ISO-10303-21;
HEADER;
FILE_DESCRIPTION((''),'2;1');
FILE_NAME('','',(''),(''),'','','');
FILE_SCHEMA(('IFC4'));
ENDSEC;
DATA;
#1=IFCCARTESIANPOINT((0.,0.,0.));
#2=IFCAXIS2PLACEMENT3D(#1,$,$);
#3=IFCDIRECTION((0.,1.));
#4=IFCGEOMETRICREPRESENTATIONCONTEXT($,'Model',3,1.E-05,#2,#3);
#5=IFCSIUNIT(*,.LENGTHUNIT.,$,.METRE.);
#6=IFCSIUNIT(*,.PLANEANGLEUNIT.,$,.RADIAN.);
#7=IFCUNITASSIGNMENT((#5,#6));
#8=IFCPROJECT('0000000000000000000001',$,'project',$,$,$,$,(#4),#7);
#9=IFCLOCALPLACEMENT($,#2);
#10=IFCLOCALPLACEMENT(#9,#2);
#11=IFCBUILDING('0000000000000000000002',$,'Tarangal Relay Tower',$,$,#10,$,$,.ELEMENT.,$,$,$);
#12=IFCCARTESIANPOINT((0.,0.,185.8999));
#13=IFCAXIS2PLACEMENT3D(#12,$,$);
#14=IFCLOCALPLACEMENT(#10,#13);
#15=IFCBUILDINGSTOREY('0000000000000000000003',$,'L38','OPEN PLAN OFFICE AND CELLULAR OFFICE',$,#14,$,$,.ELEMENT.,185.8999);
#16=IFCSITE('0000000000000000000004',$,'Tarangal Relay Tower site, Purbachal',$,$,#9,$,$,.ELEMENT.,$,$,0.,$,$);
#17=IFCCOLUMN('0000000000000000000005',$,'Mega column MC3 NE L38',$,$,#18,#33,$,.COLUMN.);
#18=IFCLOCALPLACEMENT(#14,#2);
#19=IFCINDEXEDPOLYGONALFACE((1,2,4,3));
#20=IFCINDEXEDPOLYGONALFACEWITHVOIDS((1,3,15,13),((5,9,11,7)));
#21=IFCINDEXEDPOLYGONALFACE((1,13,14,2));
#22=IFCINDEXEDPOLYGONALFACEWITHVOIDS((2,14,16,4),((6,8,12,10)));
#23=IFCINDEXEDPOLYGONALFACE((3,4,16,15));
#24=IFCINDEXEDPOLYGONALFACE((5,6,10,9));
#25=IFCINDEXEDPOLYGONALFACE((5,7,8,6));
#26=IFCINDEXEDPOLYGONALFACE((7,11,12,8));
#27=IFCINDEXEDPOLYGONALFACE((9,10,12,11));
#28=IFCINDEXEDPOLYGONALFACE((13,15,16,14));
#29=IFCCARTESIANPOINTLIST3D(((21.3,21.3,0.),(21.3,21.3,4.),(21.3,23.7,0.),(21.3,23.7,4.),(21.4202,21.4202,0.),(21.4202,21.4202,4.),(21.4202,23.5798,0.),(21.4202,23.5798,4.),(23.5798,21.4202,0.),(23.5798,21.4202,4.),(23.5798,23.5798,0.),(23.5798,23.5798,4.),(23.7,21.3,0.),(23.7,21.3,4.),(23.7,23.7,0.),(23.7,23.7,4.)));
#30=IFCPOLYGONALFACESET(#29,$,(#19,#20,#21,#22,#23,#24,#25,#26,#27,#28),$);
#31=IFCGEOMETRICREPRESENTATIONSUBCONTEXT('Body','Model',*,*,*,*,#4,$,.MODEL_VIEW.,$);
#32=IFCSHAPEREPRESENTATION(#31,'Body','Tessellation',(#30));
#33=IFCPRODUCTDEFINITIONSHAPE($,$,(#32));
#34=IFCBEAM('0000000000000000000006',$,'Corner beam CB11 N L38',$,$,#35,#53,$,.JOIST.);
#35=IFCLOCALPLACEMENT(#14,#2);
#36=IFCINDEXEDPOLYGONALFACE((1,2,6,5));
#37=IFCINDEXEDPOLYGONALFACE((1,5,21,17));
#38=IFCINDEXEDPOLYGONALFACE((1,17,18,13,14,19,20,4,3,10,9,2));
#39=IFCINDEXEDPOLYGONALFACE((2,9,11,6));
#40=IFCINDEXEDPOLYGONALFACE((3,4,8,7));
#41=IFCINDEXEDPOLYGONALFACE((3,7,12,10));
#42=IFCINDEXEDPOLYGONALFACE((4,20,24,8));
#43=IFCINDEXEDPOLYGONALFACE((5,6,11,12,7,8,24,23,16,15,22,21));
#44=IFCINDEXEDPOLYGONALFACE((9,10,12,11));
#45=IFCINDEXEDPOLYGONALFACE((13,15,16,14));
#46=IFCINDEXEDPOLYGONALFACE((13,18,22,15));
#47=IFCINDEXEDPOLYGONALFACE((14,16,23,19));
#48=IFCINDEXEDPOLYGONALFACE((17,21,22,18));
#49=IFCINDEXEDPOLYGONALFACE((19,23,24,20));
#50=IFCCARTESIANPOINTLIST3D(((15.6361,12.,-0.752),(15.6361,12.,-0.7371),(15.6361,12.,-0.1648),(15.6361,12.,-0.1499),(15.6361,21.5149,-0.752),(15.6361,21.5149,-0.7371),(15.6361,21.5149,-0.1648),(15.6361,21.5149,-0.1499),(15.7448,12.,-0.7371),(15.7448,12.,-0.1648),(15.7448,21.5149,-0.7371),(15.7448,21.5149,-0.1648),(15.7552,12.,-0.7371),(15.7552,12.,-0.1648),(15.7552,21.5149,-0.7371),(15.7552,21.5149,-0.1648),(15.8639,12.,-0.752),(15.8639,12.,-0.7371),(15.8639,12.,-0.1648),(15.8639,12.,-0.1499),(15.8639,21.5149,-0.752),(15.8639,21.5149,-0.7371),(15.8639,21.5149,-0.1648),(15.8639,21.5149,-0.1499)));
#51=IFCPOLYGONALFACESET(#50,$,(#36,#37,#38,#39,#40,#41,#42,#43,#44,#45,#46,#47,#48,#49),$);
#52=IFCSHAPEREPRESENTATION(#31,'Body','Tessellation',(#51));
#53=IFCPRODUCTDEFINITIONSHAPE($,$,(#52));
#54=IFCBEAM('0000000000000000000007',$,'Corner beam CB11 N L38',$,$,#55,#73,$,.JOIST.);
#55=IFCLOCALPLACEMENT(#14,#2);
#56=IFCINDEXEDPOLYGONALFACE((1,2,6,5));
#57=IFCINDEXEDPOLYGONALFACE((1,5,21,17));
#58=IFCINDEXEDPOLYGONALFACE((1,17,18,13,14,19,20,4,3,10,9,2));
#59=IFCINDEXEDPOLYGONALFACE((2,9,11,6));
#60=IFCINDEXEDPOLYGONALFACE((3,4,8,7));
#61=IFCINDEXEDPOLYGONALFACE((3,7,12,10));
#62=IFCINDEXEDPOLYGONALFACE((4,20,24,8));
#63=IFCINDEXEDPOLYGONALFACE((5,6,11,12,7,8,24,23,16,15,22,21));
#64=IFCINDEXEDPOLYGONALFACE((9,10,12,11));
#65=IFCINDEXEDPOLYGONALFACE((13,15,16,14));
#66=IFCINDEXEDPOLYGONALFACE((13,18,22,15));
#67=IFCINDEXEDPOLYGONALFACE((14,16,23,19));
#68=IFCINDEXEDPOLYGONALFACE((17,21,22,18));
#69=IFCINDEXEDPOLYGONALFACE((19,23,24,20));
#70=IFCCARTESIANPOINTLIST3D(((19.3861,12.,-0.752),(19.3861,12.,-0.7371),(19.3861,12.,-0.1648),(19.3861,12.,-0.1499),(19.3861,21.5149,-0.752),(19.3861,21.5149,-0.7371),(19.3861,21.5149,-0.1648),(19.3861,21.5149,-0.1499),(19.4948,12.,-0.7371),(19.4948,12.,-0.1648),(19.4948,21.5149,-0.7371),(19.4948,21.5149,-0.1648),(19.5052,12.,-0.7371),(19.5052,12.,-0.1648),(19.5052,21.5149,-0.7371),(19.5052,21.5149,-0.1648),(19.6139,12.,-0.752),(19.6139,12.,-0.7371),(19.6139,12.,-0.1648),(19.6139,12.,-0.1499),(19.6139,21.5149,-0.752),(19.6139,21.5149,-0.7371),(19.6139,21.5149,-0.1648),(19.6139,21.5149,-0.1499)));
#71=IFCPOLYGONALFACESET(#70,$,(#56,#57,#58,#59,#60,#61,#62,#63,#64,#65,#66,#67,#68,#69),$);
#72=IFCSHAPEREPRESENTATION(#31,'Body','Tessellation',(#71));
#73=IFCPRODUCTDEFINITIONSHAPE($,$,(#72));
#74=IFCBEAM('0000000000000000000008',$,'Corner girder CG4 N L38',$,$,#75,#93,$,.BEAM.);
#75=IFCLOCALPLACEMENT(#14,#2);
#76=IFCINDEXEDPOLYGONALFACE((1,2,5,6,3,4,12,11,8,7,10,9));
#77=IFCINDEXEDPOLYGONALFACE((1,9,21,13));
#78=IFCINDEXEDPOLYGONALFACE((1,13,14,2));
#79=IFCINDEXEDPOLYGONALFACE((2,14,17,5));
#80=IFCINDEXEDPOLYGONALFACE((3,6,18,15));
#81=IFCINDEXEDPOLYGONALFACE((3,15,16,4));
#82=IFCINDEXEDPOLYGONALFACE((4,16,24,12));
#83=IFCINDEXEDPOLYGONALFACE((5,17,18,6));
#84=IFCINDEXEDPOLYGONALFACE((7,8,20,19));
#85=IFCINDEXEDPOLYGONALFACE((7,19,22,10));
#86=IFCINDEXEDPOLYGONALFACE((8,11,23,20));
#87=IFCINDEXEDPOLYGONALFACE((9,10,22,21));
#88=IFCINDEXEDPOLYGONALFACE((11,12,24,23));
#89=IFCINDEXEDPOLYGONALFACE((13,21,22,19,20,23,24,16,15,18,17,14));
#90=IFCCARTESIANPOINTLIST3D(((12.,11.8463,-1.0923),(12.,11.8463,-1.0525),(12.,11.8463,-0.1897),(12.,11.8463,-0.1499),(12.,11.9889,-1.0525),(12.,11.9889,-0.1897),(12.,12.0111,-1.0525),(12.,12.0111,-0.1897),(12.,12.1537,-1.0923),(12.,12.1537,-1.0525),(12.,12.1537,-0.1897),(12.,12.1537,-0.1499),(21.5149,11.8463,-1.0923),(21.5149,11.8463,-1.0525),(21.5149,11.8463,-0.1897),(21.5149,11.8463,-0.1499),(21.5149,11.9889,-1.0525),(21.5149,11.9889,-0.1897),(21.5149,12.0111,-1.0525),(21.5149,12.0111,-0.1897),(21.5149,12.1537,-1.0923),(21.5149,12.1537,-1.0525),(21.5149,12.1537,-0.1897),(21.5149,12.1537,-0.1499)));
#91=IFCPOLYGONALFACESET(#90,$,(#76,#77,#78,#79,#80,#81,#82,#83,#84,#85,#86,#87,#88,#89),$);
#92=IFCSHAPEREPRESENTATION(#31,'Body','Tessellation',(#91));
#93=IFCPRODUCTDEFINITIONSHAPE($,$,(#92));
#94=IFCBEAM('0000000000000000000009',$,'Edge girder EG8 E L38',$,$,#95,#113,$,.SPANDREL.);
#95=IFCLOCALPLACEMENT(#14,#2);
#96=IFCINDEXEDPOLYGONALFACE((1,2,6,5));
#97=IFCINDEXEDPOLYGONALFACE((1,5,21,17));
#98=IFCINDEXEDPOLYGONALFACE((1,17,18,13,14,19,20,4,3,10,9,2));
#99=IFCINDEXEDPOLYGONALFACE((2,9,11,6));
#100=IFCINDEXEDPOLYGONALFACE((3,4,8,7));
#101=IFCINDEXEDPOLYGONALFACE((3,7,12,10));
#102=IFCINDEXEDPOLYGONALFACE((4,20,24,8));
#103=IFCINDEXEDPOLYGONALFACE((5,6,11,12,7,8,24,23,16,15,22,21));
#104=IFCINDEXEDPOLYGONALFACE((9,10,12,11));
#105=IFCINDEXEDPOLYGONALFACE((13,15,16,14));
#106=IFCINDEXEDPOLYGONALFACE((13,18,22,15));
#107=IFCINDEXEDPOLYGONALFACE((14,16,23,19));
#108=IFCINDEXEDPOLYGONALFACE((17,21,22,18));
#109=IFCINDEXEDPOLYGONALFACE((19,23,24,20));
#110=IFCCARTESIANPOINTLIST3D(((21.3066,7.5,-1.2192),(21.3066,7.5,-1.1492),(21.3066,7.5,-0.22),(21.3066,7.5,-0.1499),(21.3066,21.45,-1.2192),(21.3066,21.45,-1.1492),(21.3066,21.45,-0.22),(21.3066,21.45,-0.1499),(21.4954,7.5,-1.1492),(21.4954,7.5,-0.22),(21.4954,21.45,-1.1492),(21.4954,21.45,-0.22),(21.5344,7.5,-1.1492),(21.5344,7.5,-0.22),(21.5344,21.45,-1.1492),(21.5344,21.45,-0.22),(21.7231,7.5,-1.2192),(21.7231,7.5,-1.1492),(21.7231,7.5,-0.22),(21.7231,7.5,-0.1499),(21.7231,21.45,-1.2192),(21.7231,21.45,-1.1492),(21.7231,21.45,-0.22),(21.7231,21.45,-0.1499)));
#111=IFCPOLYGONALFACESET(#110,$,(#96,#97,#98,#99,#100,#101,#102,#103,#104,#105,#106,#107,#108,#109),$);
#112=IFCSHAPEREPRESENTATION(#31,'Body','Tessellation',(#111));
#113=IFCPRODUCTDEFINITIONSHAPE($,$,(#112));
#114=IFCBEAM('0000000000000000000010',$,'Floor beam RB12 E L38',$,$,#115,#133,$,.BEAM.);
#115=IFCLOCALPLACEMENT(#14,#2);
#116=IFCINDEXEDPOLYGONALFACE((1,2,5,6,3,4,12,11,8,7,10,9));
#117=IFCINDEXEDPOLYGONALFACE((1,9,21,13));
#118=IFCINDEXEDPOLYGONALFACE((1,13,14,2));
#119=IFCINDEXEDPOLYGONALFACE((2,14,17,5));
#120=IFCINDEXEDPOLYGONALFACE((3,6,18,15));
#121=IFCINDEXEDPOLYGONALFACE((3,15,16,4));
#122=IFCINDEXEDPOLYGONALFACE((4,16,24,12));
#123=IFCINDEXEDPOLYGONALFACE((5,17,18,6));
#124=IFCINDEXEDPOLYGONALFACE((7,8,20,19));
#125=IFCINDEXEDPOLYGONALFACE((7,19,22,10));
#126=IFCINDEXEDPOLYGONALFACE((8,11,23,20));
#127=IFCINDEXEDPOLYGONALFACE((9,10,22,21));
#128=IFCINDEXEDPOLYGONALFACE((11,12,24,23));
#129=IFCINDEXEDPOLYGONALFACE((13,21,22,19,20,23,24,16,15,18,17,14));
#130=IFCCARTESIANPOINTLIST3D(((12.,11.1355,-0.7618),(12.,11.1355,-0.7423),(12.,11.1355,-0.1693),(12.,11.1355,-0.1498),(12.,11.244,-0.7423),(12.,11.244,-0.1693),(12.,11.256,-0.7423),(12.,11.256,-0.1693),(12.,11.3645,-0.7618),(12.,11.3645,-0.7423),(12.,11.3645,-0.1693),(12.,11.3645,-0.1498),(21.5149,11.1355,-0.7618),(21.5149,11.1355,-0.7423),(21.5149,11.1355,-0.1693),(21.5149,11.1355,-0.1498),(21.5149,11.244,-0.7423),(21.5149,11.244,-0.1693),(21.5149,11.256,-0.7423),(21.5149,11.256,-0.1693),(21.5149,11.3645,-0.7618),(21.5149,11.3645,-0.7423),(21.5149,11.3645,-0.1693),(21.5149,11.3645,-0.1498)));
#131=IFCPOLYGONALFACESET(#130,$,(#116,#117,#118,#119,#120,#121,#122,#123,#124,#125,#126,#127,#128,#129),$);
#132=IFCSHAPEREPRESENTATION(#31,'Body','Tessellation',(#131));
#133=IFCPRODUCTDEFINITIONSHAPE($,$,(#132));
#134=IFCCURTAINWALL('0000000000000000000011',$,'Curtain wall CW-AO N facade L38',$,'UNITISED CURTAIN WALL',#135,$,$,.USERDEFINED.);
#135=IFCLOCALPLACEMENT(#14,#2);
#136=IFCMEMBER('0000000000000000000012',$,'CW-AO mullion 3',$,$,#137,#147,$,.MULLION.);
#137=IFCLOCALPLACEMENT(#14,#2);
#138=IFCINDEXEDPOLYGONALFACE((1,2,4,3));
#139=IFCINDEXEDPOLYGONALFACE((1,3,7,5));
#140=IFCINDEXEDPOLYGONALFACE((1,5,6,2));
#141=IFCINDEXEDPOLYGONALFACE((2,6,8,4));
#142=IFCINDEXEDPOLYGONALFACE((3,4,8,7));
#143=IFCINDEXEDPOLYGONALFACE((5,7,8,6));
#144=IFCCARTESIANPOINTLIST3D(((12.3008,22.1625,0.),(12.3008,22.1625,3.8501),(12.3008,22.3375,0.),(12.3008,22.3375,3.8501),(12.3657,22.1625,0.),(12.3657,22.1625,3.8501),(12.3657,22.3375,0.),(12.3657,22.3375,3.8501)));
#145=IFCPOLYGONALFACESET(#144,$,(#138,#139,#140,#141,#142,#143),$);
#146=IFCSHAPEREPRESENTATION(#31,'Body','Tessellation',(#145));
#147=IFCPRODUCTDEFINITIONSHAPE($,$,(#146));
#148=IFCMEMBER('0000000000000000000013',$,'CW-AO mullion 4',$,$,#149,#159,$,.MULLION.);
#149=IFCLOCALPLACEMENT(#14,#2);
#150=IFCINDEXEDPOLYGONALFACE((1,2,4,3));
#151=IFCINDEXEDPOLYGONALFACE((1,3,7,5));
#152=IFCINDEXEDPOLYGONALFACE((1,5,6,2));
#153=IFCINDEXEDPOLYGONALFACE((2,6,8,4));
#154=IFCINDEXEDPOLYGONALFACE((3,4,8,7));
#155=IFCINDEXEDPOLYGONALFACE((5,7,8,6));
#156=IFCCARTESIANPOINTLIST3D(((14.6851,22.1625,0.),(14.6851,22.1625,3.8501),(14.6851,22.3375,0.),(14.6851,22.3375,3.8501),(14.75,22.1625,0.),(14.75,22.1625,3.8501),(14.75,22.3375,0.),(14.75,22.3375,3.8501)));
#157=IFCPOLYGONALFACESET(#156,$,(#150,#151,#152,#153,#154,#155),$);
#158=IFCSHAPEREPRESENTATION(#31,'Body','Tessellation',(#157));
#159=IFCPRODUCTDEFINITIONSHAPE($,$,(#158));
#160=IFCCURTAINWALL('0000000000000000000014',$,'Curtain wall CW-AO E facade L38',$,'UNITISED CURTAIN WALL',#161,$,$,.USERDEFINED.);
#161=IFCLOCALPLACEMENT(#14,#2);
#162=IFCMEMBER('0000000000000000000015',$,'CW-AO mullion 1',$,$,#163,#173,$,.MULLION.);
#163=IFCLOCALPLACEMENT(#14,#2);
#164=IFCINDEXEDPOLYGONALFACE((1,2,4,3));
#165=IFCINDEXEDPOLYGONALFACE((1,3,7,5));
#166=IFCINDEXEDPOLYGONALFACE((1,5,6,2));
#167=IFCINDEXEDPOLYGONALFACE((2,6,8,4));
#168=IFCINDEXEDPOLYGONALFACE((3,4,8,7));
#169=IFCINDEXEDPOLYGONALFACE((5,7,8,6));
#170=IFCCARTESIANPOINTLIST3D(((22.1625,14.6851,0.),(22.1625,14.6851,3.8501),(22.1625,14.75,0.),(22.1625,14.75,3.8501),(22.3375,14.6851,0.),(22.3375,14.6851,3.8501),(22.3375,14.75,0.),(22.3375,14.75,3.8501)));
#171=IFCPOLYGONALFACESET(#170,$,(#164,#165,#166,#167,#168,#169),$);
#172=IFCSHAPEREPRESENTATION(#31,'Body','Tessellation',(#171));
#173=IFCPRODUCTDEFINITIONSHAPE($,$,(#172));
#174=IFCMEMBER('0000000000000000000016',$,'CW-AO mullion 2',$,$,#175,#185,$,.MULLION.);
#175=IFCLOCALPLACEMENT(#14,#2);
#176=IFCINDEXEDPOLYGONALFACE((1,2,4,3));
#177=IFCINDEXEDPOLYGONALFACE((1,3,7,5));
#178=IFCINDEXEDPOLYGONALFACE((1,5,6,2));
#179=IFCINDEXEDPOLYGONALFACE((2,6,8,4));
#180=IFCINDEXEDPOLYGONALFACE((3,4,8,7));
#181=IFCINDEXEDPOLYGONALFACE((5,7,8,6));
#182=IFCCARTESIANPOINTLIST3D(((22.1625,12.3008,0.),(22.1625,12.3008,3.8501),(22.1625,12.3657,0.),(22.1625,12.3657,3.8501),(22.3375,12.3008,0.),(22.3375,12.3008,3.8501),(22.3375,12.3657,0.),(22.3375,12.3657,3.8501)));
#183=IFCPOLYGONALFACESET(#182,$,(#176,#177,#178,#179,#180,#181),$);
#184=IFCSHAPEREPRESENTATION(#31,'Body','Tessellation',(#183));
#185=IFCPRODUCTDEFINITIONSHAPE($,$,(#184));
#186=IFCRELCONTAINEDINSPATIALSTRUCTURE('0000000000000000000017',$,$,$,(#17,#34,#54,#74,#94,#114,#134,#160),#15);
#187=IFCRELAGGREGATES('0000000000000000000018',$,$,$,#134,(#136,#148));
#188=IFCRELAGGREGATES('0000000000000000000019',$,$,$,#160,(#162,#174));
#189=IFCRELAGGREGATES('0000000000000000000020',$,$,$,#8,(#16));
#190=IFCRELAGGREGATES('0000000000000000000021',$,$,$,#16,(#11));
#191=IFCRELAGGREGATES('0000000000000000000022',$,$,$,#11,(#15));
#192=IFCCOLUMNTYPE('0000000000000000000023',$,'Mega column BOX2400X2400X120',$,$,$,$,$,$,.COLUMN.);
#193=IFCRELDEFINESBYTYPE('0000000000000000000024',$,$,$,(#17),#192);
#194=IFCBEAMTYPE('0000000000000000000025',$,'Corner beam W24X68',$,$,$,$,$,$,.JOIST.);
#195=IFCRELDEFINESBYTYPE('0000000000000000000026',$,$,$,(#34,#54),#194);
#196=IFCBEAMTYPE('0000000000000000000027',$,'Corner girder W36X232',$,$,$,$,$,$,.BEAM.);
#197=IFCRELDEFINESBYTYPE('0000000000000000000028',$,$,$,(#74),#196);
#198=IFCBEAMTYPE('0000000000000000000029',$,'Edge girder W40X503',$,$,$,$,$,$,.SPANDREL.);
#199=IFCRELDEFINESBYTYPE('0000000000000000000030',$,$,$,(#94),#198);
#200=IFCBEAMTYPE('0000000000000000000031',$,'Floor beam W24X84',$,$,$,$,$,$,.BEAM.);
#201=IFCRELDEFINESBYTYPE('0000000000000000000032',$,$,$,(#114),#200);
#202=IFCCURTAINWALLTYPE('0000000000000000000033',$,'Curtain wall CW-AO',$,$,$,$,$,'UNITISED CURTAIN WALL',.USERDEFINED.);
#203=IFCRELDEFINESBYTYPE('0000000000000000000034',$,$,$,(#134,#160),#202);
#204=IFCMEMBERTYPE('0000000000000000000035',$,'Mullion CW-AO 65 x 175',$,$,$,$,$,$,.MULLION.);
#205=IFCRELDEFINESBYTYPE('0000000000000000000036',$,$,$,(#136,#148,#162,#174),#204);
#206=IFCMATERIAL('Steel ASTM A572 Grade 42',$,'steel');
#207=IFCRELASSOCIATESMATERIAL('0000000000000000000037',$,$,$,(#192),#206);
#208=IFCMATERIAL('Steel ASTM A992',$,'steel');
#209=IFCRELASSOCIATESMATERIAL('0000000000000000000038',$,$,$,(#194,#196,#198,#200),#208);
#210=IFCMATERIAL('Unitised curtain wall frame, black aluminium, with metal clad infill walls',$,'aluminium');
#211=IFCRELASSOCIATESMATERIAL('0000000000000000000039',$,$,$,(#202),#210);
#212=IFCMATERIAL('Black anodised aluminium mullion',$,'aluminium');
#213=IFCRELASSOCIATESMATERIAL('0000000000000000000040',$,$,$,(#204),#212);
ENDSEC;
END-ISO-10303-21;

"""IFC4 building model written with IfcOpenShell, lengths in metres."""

from ifc_helpers import new_model, si_unit, direction, frame, origin, origin_2d, place, context, subcontext, project, spatial, rectangle, hollow_rectangle, i_section, extrude, material, material_profile, profile_set, type_object, element, aggregate, save


model = new_model("IFC4")

# Units and contexts
model_context = context("Model", 3, precision=1e-05, world=origin(), true_north=direction((0.0, 1.0)))
body_context = subcontext(model_context, "Body", "Model", "MODEL_VIEW")
ifc_project = project(units=[si_unit("LENGTHUNIT", "METRE"), si_unit("PLANEANGLEUNIT", "RADIAN")], contexts=[model_context])

# Site, building, storey
site_placement = place(None, origin())
site = spatial("IfcSite", under=ifc_project, at=site_placement, Name="Tarangal Relay Tower site, Purbachal", CompositionType="ELEMENT", RefElevation=0.0)
building_placement = place(site_placement, origin())
building = spatial("IfcBuilding", under=site, at=building_placement, Name="Tarangal Relay Tower", CompositionType="ELEMENT")
storey_placement = place(building_placement, frame((0.0, 0.0, 185.8999)))
storey = spatial("IfcBuildingStorey", under=building, at=storey_placement, Name="L38", Description="OPEN PLAN OFFICE AND CELLULAR OFFICE", CompositionType="ELEMENT", Elevation=185.8999)

# Column
ifc_material_1 = material(Name="Steel ASTM A572 Grade 42", Category="steel")
ifc_material_profile_1 = material_profile(ifc_material_1, hollow_rectangle(XDim=2.3999, YDim=2.3999, WallThickness=0.1201, at=origin_2d()), Name="BOX2400X2400X120")
ifc_profile_set_1 = profile_set([ifc_material_profile_1], Name="Steel ASTM A572 Grade 42")
column_type = type_object("IfcColumnType", Name="Mega column BOX2400X2400X120", PredefinedType="COLUMN", material=ifc_profile_set_1)
column_placement = place(storey_placement, frame((22.5, 22.5, 0.0), z_axis=(0.0, 0.0, 1.0), x_axis=(1.0, 0.0, 0.0)))
element("IfcColumn", 1, at=column_placement, inside=storey, type_object=column_type, Name="Mega column MC3 NE L38", PredefinedType="COLUMN", context=body_context, shape_type="SweptSolid", body=[
    extrude(hollow_rectangle(XDim=2.3999, YDim=2.3999, WallThickness=0.1201, at=origin_2d()), origin(), (0.0, 0.0, 1.0), 4.0),
])

# Beams
ifc_material_2 = material(Name="Steel ASTM A992", Category="steel")
ifc_material_profile_2 = material_profile(ifc_material_2, i_section(OverallWidth=0.2278, OverallDepth=0.6021, WebThickness=0.0105, FlangeThickness=0.0149, at=origin_2d()), Name="W24X68")
ifc_profile_set_2 = profile_set([ifc_material_profile_2], Name="Steel ASTM A992")
beam_type_1 = type_object("IfcBeamType", Name="Corner beam W24X68", PredefinedType="JOIST", material=ifc_profile_set_2)
for number, where, z_axis, x_axis, name in (
    (2, (15.75, 12.0, -0.4509), (0.0, 1.0, 0.0), (-1.0, 0.0, 0.0), "Corner beam CB11 N L38"),
    (3, (19.5, 12.0, -0.4509), (0.0, 1.0, 0.0), (-1.0, 0.0, 0.0), "Corner beam CB11 N L38"),
):
    element("IfcBeam", number, at=place(storey_placement, frame(where, z_axis=z_axis, x_axis=x_axis)), inside=storey, type_object=beam_type_1, Name=name, PredefinedType="JOIST", context=body_context, shape_type="SweptSolid", body=[
        extrude(i_section(OverallWidth=0.2278, OverallDepth=0.6021, WebThickness=0.0105, FlangeThickness=0.0149, at=origin_2d()), origin(), (0.0, 0.0, 1.0), 9.5149),
    ])
ifc_material_profile_3 = material_profile(ifc_material_2, i_section(OverallWidth=0.3074, OverallDepth=0.9424, WebThickness=0.0222, FlangeThickness=0.0398, at=origin_2d()), Name="W36X232")
ifc_profile_set_3 = profile_set([ifc_material_profile_3], Name="Steel ASTM A992")
beam_type_2 = type_object("IfcBeamType", Name="Corner girder W36X232", PredefinedType="BEAM", material=ifc_profile_set_3)
beam_1_placement = place(storey_placement, frame((12.0, 12.0, -0.6211), z_axis=(1.0, 0.0, 0.0), x_axis=(0.0, 1.0, 0.0)))
element("IfcBeam", 4, at=beam_1_placement, inside=storey, type_object=beam_type_2, Name="Corner girder CG4 N L38", PredefinedType="BEAM", context=body_context, shape_type="SweptSolid", body=[
    extrude(i_section(OverallWidth=0.3074, OverallDepth=0.9424, WebThickness=0.0222, FlangeThickness=0.0398, at=origin_2d()), origin(), (0.0, 0.0, 1.0), 9.5149),
])
ifc_material_profile_4 = material_profile(ifc_material_2, i_section(OverallWidth=0.4165, OverallDepth=1.0693, WebThickness=0.0391, FlangeThickness=0.0701, at=origin_2d()), Name="W40X503")
ifc_profile_set_4 = profile_set([ifc_material_profile_4], Name="Steel ASTM A992")
beam_type_3 = type_object("IfcBeamType", Name="Edge girder W40X503", PredefinedType="SPANDREL", material=ifc_profile_set_4)
beam_2_placement = place(storey_placement, frame((21.5149, 21.45, -0.6846), z_axis=(0.0, -1.0, 0.0), x_axis=(1.0, 0.0, 0.0)))
element("IfcBeam", 5, at=beam_2_placement, inside=storey, type_object=beam_type_3, Name="Edge girder EG8 E L38", PredefinedType="SPANDREL", context=body_context, shape_type="SweptSolid", body=[
    extrude(i_section(OverallWidth=0.4165, OverallDepth=1.0693, WebThickness=0.0391, FlangeThickness=0.0701, at=origin_2d()), origin(), (0.0, 0.0, 1.0), 13.95),
])
ifc_material_profile_5 = material_profile(ifc_material_2, i_section(OverallWidth=0.229, OverallDepth=0.6121, WebThickness=0.012, FlangeThickness=0.0195, at=origin_2d()), Name="W24X84")
ifc_profile_set_5 = profile_set([ifc_material_profile_5], Name="Steel ASTM A992")
beam_type_4 = type_object("IfcBeamType", Name="Floor beam W24X84", PredefinedType="BEAM", material=ifc_profile_set_5)
beam_3_placement = place(storey_placement, frame((12.0, 11.25, -0.4558), z_axis=(1.0, 0.0, 0.0), x_axis=(0.0, 1.0, 0.0)))
element("IfcBeam", 6, at=beam_3_placement, inside=storey, type_object=beam_type_4, Name="Floor beam RB12 E L38", PredefinedType="BEAM", context=body_context, shape_type="SweptSolid", body=[
    extrude(i_section(OverallWidth=0.229, OverallDepth=0.6121, WebThickness=0.012, FlangeThickness=0.0195, at=origin_2d()), origin(), (0.0, 0.0, 1.0), 9.5149),
])

# Curtain walls, members
ifc_material_3 = material(Name="Unitised curtain wall frame, black aluminium, with metal clad infill walls", Category="aluminium")
curtain_wall_type = type_object("IfcCurtainWallType", Name="Curtain wall CW-AO", ElementType="UNITISED CURTAIN WALL", PredefinedType="USERDEFINED", material=ifc_material_3)
curtain_wall_1_placement = place(storey_placement, origin())
curtain_wall_1 = element("IfcCurtainWall", 7, at=curtain_wall_1_placement, inside=storey, type_object=curtain_wall_type, Name="Curtain wall CW-AO N facade L38", ObjectType="UNITISED CURTAIN WALL", PredefinedType="USERDEFINED")
ifc_material_4 = material(Name="Black anodised aluminium mullion", Category="aluminium")
ifc_material_profile_6 = material_profile(ifc_material_4, rectangle(XDim=0.175, YDim=0.0649, at=origin_2d()), Name="CW-AOM 65X175")
ifc_profile_set_6 = profile_set([ifc_material_profile_6], Name="Black anodised aluminium mullion")
member_type_1 = type_object("IfcMemberType", Name="Mullion CW-AO 65 x 175", PredefinedType="MULLION", material=ifc_profile_set_6)
member_1_placement = place(storey_placement, frame((12.3333, 22.25, 0.0), z_axis=(0.0, 0.0, 1.0), x_axis=(0.0, 1.0, 0.0)))
member_1 = element("IfcMember", 8, at=member_1_placement, type_object=member_type_1, Name="CW-AO mullion 3", PredefinedType="MULLION", context=body_context, shape_type="SweptSolid", body=[
    extrude(rectangle(XDim=0.175, YDim=0.0649, at=origin_2d()), origin(), (0.0, 0.0, 1.0), 3.8501),
])
member_2_placement = place(storey_placement, frame((14.7175, 22.25, 0.0), z_axis=(0.0, 0.0, 1.0), x_axis=(0.0, 1.0, 0.0)))
member_2 = element("IfcMember", 9, at=member_2_placement, type_object=member_type_1, Name="CW-AO mullion 4", PredefinedType="MULLION", context=body_context, shape_type="SweptSolid", body=[
    extrude(rectangle(XDim=0.175, YDim=0.0649, at=origin_2d()), origin(), (0.0, 0.0, 1.0), 3.8501),
])
curtain_wall_2_placement = place(storey_placement, origin())
curtain_wall_2 = element("IfcCurtainWall", 10, at=curtain_wall_2_placement, inside=storey, type_object=curtain_wall_type, Name="Curtain wall CW-AO E facade L38", ObjectType="UNITISED CURTAIN WALL", PredefinedType="USERDEFINED")
member_3_placement = place(storey_placement, frame((22.25, 14.7175, 0.0), z_axis=(0.0, 0.0, 1.0), x_axis=(1.0, 0.0, 0.0)))
member_3 = element("IfcMember", 11, at=member_3_placement, type_object=member_type_1, Name="CW-AO mullion 1", PredefinedType="MULLION", context=body_context, shape_type="SweptSolid", body=[
    extrude(rectangle(XDim=0.175, YDim=0.0649, at=origin_2d()), origin(), (0.0, 0.0, 1.0), 3.8501),
])
member_4_placement = place(storey_placement, frame((22.25, 12.3333, 0.0), z_axis=(0.0, 0.0, 1.0), x_axis=(1.0, 0.0, 0.0)))
member_4 = element("IfcMember", 12, at=member_4_placement, type_object=member_type_1, Name="CW-AO mullion 2", PredefinedType="MULLION", context=body_context, shape_type="SweptSolid", body=[
    extrude(rectangle(XDim=0.175, YDim=0.0649, at=origin_2d()), origin(), (0.0, 0.0, 1.0), 3.8501),
])

aggregate(curtain_wall_1, [member_1, member_2])
aggregate(curtain_wall_2, [member_3, member_4])

save(model, "model.ifc")
